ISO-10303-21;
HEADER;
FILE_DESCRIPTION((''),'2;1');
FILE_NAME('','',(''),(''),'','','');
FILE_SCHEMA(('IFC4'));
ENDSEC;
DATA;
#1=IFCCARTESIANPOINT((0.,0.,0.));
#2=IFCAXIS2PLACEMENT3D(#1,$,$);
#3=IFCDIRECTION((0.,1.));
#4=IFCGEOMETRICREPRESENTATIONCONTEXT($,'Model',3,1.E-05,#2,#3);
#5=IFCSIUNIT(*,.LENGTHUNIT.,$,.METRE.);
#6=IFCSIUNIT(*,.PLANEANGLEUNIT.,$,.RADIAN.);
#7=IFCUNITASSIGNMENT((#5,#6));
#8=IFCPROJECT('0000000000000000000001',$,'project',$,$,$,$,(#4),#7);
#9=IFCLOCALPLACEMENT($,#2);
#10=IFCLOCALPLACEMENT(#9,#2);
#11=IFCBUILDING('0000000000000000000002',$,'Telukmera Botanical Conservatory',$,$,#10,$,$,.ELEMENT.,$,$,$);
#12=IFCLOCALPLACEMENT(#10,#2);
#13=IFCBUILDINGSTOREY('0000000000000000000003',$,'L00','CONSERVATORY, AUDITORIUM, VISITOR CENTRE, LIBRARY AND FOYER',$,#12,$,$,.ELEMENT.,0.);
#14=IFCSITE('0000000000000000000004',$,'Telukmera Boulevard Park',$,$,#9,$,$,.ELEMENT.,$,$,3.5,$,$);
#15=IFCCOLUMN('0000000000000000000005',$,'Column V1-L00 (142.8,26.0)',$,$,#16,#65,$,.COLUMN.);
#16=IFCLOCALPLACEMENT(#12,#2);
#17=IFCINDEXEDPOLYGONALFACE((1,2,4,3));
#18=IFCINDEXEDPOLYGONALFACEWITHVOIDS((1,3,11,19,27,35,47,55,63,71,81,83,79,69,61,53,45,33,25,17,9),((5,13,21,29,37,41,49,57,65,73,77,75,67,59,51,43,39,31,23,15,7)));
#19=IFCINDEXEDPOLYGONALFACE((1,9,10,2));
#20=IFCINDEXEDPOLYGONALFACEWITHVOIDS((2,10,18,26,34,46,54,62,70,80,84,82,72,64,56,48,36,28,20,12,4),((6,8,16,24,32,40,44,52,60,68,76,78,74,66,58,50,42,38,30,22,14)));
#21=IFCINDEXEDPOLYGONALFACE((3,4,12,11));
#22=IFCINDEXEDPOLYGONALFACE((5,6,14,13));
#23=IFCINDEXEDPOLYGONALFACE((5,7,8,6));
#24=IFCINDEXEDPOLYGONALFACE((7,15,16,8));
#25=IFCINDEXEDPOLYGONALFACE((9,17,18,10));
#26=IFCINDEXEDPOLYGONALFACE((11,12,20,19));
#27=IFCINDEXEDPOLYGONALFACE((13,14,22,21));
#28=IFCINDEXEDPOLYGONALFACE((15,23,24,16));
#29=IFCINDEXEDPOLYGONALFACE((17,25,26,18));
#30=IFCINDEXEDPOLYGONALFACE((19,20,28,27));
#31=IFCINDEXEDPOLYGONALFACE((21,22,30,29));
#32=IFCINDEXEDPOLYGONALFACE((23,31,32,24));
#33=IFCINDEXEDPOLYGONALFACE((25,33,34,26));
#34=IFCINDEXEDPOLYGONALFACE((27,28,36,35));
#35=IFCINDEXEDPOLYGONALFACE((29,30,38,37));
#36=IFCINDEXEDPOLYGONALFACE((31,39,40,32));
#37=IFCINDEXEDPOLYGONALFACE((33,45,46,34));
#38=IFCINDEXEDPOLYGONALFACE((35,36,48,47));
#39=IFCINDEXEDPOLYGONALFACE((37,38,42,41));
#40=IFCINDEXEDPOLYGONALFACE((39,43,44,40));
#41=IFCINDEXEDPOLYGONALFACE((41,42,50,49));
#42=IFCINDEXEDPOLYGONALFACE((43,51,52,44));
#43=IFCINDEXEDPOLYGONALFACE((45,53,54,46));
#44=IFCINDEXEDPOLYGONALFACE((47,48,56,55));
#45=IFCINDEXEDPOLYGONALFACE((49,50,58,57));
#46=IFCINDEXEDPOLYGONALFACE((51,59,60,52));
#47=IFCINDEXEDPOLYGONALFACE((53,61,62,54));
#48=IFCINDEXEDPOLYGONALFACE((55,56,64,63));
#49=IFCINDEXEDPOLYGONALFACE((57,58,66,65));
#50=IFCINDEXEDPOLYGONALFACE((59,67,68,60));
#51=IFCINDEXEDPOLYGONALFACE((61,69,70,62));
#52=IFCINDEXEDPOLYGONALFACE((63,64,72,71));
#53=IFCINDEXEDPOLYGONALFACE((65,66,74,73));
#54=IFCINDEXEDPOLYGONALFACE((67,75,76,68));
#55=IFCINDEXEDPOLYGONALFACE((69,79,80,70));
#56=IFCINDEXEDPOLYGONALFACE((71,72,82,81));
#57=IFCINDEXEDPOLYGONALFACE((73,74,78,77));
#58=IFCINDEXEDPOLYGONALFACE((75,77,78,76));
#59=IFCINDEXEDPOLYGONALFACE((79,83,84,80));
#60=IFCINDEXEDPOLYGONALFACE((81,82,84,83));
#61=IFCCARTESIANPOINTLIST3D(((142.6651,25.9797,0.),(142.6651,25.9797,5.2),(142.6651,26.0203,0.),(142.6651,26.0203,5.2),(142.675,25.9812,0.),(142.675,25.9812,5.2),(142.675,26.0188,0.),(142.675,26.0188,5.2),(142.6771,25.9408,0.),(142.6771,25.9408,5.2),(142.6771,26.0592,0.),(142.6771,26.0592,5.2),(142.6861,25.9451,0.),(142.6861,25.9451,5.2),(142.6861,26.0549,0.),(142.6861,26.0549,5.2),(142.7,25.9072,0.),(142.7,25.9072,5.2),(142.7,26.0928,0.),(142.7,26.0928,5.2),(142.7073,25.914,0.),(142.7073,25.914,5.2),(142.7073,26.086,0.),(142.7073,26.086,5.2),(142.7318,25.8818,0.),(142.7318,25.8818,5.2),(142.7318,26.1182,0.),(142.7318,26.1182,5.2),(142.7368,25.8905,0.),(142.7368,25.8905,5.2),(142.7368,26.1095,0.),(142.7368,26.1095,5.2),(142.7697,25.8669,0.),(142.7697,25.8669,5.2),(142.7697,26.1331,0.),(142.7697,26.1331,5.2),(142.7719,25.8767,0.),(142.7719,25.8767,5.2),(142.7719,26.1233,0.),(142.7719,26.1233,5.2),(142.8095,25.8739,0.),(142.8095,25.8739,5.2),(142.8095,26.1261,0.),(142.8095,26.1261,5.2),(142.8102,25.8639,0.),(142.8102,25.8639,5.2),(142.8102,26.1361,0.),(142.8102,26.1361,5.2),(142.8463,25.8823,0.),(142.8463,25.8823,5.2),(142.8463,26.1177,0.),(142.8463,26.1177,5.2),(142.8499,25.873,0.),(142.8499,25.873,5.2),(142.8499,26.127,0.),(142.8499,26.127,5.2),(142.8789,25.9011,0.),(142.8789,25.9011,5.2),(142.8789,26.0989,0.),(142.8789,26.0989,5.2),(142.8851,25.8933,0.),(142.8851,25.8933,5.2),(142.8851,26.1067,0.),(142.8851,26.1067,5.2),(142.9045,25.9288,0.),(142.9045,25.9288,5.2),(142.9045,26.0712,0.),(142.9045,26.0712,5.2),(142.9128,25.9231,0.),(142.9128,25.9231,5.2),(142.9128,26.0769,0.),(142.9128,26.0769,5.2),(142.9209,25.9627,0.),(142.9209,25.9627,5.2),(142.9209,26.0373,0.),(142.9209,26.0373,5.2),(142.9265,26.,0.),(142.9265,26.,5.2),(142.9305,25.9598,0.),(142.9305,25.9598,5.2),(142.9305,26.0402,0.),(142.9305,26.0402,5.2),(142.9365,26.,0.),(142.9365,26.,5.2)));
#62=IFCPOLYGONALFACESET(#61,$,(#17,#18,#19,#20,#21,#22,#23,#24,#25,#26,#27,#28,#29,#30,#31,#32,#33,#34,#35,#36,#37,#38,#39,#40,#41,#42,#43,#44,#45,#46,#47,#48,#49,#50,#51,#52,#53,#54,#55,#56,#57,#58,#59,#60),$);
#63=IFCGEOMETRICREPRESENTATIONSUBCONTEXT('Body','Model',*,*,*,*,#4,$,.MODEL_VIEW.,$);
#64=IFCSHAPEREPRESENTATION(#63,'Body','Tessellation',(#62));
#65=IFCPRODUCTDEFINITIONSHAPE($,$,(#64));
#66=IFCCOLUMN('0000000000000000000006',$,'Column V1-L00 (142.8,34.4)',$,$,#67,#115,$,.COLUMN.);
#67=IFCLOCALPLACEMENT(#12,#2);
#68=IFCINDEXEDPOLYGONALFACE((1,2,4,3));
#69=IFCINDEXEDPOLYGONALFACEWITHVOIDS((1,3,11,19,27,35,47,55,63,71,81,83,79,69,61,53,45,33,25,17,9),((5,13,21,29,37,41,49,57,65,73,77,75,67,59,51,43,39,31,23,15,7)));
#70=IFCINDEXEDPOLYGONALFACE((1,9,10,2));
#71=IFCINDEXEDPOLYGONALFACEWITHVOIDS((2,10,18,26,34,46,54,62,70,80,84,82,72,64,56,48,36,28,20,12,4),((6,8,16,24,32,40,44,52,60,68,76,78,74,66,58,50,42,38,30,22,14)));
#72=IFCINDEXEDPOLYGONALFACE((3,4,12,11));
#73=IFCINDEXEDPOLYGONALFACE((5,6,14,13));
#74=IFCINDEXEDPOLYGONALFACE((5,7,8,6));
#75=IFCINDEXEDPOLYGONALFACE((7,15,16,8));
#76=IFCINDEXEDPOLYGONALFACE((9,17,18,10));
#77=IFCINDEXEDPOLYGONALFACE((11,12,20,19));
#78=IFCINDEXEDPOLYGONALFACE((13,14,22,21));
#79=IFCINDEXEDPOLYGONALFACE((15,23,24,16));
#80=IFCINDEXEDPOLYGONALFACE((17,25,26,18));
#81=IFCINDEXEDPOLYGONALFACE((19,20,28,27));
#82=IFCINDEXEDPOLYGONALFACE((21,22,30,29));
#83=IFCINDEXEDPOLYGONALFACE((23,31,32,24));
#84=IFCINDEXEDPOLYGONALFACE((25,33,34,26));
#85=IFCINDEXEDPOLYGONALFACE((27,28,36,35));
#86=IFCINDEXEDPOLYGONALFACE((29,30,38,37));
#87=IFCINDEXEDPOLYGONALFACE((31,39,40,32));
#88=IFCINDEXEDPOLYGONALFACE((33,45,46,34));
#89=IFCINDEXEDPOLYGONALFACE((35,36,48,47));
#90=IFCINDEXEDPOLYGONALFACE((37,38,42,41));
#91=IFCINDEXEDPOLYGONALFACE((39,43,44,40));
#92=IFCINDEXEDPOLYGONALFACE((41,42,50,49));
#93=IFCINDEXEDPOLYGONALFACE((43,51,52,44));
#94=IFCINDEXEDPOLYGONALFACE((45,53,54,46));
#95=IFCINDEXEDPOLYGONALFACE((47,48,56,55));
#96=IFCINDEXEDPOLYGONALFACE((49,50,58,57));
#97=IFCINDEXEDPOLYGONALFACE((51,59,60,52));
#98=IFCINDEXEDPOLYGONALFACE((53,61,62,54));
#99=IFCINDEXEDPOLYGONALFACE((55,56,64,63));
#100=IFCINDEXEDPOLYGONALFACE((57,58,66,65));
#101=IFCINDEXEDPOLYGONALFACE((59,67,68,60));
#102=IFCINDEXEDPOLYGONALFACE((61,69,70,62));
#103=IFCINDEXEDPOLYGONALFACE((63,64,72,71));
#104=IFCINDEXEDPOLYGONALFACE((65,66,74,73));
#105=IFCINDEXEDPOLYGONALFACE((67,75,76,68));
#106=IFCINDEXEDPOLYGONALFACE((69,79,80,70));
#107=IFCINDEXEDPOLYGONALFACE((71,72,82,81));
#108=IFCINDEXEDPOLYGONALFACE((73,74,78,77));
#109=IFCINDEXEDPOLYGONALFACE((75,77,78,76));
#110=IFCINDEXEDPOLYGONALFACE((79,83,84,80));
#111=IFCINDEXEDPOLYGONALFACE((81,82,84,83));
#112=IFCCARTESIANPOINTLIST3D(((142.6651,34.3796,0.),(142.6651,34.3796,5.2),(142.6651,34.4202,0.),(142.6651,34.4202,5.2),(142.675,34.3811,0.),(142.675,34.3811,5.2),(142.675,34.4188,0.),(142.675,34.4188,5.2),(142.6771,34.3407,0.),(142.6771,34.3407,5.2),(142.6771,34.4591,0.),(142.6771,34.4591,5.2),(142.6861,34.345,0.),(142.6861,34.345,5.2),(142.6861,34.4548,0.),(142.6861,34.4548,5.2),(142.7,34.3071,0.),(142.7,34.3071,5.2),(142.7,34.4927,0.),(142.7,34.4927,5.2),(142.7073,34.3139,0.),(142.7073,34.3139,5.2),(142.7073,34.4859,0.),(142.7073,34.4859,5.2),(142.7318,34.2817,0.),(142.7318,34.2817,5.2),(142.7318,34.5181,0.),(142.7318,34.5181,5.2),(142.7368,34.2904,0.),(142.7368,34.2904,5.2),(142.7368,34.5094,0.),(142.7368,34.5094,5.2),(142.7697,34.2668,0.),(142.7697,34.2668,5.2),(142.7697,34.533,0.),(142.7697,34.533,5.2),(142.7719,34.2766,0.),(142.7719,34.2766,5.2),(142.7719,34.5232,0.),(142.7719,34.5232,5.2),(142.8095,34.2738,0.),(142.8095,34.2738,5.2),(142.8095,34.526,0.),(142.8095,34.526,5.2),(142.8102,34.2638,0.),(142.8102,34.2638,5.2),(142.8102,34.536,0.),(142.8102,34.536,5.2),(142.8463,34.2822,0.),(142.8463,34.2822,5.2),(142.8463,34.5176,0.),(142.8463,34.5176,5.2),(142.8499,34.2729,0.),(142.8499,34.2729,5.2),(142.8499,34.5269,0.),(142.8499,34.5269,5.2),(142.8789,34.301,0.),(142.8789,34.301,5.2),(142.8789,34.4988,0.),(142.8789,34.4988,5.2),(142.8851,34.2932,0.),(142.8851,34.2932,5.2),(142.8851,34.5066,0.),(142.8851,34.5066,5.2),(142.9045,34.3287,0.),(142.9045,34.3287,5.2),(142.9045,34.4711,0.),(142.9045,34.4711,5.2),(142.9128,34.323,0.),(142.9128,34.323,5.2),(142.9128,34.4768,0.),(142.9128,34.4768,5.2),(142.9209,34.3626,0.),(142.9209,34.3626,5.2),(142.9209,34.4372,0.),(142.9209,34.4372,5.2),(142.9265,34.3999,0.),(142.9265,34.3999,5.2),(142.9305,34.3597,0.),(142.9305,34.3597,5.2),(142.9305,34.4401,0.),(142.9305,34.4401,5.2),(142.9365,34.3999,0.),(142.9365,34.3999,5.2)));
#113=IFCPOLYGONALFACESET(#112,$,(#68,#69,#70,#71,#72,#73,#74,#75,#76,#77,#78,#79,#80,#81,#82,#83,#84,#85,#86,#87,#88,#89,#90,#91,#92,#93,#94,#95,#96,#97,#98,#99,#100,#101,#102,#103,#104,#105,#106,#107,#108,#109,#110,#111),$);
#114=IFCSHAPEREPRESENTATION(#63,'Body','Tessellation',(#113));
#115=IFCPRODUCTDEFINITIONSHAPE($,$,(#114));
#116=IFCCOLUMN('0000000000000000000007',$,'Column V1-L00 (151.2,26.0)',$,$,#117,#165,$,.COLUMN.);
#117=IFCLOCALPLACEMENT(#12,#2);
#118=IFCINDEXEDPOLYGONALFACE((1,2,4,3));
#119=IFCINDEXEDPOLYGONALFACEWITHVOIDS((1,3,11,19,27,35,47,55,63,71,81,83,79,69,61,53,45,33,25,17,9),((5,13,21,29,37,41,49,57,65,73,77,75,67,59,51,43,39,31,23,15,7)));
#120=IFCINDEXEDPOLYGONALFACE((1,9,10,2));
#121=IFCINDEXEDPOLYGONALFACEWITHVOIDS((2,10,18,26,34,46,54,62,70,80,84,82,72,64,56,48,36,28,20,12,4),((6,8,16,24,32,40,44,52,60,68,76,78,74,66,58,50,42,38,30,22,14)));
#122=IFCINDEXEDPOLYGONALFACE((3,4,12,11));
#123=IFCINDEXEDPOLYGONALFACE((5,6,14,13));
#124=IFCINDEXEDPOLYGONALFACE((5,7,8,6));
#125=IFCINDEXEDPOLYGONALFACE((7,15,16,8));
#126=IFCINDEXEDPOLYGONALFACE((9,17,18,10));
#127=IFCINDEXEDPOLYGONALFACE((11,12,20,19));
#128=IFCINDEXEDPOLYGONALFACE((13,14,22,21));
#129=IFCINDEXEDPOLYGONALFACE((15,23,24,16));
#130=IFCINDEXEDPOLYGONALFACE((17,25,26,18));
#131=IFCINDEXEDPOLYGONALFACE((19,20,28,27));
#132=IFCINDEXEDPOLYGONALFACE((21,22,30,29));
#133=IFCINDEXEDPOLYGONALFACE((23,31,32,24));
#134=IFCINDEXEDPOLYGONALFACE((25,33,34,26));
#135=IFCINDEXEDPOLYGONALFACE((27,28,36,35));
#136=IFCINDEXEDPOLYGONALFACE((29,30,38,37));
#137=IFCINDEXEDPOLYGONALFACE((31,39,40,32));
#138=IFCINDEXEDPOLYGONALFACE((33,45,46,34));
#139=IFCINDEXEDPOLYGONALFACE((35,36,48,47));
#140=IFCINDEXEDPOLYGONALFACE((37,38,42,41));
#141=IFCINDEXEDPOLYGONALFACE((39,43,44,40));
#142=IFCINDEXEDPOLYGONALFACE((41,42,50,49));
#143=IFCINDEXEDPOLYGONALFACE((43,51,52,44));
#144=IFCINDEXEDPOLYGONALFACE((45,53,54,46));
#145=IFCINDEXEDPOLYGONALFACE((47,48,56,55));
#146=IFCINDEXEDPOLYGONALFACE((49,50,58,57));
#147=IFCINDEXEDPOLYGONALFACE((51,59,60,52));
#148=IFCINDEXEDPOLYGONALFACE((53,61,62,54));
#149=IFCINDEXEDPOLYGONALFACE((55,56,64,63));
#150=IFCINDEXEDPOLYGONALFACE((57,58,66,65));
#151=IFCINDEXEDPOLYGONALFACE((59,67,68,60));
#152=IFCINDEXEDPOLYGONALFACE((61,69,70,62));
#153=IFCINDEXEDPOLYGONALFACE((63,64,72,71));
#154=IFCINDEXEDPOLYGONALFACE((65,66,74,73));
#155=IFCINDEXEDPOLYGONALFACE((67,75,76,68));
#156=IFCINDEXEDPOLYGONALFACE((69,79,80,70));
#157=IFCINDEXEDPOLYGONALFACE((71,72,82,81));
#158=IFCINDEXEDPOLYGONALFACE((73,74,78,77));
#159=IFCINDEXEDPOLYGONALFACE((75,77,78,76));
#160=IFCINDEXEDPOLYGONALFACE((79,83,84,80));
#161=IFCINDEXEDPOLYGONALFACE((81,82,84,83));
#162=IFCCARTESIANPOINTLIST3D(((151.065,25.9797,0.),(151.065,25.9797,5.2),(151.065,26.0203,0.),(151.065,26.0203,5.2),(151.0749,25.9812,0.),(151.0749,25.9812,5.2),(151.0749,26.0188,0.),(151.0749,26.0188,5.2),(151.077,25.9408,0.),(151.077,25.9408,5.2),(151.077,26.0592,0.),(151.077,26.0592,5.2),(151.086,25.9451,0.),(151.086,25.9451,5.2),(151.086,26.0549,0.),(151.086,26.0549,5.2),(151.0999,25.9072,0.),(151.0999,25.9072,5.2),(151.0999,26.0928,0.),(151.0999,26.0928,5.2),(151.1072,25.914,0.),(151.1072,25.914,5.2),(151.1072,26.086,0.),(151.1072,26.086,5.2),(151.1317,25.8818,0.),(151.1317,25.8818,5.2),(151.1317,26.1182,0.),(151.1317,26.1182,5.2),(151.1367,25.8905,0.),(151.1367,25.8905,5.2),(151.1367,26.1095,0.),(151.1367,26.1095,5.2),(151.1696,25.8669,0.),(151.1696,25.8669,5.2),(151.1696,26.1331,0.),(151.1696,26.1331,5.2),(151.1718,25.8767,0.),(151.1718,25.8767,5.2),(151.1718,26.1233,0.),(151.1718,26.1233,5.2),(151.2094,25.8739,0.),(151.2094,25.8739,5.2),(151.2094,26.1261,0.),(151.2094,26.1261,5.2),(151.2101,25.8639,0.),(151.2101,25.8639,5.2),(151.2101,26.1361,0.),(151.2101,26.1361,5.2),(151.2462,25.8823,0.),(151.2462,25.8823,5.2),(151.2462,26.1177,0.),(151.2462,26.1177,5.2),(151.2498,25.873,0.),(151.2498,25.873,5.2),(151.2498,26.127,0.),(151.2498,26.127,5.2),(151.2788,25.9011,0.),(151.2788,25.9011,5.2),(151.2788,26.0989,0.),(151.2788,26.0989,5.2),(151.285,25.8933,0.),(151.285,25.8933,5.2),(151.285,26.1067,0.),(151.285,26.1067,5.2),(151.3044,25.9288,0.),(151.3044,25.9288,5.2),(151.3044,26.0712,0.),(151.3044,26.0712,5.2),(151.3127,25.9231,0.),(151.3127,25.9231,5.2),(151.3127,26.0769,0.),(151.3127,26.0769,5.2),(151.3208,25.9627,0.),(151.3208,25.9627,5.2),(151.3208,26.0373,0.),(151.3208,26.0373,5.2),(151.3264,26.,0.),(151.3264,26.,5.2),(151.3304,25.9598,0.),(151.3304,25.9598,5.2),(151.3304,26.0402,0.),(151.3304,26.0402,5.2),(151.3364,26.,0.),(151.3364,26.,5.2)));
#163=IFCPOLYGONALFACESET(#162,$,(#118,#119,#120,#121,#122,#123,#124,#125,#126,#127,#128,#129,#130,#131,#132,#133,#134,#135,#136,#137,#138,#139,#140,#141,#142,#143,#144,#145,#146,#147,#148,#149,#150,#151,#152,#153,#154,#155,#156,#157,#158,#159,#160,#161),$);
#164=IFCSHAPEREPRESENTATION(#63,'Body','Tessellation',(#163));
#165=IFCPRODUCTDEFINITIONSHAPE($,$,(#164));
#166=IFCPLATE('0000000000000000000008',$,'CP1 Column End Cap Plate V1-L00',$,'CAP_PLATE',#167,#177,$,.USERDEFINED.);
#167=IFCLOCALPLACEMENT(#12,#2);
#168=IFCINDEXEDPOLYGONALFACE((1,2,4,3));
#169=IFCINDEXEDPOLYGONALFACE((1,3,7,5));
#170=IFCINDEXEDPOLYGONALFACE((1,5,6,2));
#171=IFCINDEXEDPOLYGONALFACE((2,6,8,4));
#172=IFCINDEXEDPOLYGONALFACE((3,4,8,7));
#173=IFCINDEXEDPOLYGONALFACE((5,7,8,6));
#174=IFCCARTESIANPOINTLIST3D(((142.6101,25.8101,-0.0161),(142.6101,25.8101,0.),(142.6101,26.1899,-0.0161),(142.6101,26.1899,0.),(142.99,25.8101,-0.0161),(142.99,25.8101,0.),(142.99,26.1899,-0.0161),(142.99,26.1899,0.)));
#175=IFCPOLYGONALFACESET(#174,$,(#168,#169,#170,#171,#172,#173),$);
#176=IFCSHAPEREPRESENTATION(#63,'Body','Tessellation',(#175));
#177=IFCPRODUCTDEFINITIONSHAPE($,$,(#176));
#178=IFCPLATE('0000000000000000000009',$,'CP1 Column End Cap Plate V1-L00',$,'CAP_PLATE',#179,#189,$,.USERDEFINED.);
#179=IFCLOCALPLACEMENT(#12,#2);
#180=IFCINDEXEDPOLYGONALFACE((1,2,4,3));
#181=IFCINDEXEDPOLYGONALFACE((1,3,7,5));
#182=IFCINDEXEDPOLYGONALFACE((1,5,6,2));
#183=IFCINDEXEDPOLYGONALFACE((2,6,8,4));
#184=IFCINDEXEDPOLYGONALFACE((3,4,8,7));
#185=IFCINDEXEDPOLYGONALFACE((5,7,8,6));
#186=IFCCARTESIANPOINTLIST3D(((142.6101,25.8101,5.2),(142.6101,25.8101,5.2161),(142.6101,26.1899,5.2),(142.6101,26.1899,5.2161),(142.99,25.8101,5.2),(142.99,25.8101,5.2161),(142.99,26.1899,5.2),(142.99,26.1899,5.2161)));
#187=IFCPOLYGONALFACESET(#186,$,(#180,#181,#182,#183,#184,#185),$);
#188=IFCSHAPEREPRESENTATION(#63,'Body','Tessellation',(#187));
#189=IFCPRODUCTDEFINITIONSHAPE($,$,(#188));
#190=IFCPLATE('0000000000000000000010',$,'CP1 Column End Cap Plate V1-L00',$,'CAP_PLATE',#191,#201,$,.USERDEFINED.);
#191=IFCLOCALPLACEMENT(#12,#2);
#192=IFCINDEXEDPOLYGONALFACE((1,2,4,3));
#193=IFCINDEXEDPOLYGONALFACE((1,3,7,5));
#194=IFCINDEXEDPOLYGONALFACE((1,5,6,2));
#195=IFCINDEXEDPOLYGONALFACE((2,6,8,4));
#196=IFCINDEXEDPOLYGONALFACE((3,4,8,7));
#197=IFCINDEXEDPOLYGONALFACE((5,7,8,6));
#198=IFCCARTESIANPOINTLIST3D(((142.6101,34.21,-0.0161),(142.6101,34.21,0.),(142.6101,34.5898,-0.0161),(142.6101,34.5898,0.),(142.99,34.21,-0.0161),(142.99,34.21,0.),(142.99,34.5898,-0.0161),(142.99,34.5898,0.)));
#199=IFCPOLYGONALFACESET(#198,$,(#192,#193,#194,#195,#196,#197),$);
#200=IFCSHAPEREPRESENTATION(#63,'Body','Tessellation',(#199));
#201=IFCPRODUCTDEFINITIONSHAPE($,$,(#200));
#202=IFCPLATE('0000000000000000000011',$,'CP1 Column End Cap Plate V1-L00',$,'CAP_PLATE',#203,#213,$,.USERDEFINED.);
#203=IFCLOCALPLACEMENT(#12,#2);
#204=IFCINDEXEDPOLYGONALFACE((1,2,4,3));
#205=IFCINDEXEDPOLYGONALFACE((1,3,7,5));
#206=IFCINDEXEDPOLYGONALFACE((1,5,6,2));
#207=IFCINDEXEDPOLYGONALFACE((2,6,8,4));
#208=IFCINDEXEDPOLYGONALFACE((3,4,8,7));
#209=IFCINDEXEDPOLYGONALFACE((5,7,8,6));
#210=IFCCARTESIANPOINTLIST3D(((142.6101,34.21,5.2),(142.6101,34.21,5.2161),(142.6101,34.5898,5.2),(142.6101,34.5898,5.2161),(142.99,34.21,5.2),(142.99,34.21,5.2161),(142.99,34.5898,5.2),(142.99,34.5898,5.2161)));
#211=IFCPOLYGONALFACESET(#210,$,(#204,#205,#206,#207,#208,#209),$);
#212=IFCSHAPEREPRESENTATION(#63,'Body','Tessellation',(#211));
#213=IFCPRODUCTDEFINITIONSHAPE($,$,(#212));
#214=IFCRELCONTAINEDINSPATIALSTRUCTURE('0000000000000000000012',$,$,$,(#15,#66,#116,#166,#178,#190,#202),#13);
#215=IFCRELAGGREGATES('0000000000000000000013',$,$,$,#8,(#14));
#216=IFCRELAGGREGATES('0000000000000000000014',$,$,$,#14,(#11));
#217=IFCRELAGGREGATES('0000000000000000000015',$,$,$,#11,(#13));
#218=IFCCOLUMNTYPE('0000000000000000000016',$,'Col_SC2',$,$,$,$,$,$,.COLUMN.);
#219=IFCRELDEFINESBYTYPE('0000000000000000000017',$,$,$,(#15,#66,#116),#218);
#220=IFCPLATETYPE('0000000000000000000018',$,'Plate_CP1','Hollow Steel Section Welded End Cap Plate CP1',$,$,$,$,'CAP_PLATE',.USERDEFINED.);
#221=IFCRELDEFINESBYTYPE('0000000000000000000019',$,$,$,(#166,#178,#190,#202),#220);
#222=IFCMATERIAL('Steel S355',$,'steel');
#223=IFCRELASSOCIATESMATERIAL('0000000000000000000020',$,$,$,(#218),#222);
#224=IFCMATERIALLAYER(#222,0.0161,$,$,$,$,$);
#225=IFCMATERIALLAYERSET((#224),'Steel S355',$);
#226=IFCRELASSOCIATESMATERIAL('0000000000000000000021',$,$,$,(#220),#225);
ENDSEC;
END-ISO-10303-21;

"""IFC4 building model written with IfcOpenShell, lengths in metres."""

from ifc_helpers import new_model, si_unit, direction, frame, origin, origin_2d, place, context, subcontext, project, spatial, rectangle, hollow_circle, extrude, material, layer, layer_set, material_profile, profile_set, type_object, element, save


model = new_model("IFC4")

# Units and contexts
model_context = context("Model", 3, precision=1e-05, world=origin(), true_north=direction((0.0, 1.0)))
body_context = subcontext(model_context, "Body", "Model", "MODEL_VIEW")
ifc_project = project(units=[si_unit("LENGTHUNIT", "METRE"), si_unit("PLANEANGLEUNIT", "RADIAN")], contexts=[model_context])

# Site, building, storey
site_placement = place(None, origin())
site = spatial("IfcSite", under=ifc_project, at=site_placement, Name="Telukmera Boulevard Park", CompositionType="ELEMENT", RefElevation=3.5)
building_placement = place(site_placement, origin())
building = spatial("IfcBuilding", under=site, at=building_placement, Name="Telukmera Botanical Conservatory", CompositionType="ELEMENT")
storey_placement = place(building_placement, origin())
storey = spatial("IfcBuildingStorey", under=building, at=storey_placement, Name="L00", Description="CONSERVATORY, AUDITORIUM, VISITOR CENTRE, LIBRARY AND FOYER", CompositionType="ELEMENT", Elevation=0.0)

# Columns
ifc_material_1 = material(Name="Steel S355", Category="steel")
ifc_material_profile = material_profile(ifc_material_1, hollow_circle(Radius=0.1365, WallThickness=0.01, at=origin_2d()), Name="CHS 273.0x10.0")
ifc_profile_set = profile_set([ifc_material_profile], Name="Steel S355")
column_type = type_object("IfcColumnType", Name="Col_SC2", PredefinedType="COLUMN", material=ifc_profile_set)
for number, where, z_axis, x_axis, name in (
    (1, (142.8, 26.0, 0.0), (0.0, 0.0, 1.0), (1.0, 0.0, 0.0), "Column V1-L00 (142.8,26.0)"),
    (2, (142.8, 34.3999, 0.0), (0.0, 0.0, 1.0), (1.0, 0.0, 0.0), "Column V1-L00 (142.8,34.4)"),
    (3, (151.2, 26.0, 0.0), (0.0, 0.0, 1.0), (1.0, 0.0, 0.0), "Column V1-L00 (151.2,26.0)"),
):
    element("IfcColumn", number, at=place(storey_placement, frame(where, z_axis=z_axis, x_axis=x_axis)), inside=storey, type_object=column_type, Name=name, PredefinedType="COLUMN", context=body_context, shape_type="SweptSolid", body=[
        extrude(hollow_circle(Radius=0.1365, WallThickness=0.01, at=origin_2d()), origin(), (0.0, 0.0, 1.0), 5.2),
    ])

# Plates
ifc_layer_1 = layer(ifc_material_1, 0.0161)
ifc_layer_set_1 = layer_set([ifc_layer_1], Name="Steel S355")
plate_type = type_object("IfcPlateType", Name="Plate_CP1", Description="Hollow Steel Section Welded End Cap Plate CP1", ElementType="CAP_PLATE", PredefinedType="USERDEFINED", material=ifc_layer_set_1)
for number, where, z_axis, x_axis, name in (
    (4, (142.8, 26.0, -0.0161), (0.0, 0.0, 1.0), (1.0, 0.0, 0.0), "CP1 Column End Cap Plate V1-L00"),
    (5, (142.8, 26.0, 5.2), (0.0, 0.0, 1.0), (1.0, 0.0, 0.0), "CP1 Column End Cap Plate V1-L00"),
    (6, (142.8, 34.3999, -0.0161), (0.0, 0.0, 1.0), (1.0, 0.0, 0.0), "CP1 Column End Cap Plate V1-L00"),
    (7, (142.8, 34.3999, 5.2), (0.0, 0.0, 1.0), (1.0, 0.0, 0.0), "CP1 Column End Cap Plate V1-L00"),
):
    element("IfcPlate", number, at=place(storey_placement, frame(where, z_axis=z_axis, x_axis=x_axis)), inside=storey, type_object=plate_type, Name=name, ObjectType="CAP_PLATE", PredefinedType="USERDEFINED", context=body_context, shape_type="SweptSolid", body=[
        extrude(rectangle(XDim=0.3799, YDim=0.3799, at=origin_2d()), origin(), (0.0, 0.0, 1.0), 0.0161),
    ])

save(model, "model.ifc")
